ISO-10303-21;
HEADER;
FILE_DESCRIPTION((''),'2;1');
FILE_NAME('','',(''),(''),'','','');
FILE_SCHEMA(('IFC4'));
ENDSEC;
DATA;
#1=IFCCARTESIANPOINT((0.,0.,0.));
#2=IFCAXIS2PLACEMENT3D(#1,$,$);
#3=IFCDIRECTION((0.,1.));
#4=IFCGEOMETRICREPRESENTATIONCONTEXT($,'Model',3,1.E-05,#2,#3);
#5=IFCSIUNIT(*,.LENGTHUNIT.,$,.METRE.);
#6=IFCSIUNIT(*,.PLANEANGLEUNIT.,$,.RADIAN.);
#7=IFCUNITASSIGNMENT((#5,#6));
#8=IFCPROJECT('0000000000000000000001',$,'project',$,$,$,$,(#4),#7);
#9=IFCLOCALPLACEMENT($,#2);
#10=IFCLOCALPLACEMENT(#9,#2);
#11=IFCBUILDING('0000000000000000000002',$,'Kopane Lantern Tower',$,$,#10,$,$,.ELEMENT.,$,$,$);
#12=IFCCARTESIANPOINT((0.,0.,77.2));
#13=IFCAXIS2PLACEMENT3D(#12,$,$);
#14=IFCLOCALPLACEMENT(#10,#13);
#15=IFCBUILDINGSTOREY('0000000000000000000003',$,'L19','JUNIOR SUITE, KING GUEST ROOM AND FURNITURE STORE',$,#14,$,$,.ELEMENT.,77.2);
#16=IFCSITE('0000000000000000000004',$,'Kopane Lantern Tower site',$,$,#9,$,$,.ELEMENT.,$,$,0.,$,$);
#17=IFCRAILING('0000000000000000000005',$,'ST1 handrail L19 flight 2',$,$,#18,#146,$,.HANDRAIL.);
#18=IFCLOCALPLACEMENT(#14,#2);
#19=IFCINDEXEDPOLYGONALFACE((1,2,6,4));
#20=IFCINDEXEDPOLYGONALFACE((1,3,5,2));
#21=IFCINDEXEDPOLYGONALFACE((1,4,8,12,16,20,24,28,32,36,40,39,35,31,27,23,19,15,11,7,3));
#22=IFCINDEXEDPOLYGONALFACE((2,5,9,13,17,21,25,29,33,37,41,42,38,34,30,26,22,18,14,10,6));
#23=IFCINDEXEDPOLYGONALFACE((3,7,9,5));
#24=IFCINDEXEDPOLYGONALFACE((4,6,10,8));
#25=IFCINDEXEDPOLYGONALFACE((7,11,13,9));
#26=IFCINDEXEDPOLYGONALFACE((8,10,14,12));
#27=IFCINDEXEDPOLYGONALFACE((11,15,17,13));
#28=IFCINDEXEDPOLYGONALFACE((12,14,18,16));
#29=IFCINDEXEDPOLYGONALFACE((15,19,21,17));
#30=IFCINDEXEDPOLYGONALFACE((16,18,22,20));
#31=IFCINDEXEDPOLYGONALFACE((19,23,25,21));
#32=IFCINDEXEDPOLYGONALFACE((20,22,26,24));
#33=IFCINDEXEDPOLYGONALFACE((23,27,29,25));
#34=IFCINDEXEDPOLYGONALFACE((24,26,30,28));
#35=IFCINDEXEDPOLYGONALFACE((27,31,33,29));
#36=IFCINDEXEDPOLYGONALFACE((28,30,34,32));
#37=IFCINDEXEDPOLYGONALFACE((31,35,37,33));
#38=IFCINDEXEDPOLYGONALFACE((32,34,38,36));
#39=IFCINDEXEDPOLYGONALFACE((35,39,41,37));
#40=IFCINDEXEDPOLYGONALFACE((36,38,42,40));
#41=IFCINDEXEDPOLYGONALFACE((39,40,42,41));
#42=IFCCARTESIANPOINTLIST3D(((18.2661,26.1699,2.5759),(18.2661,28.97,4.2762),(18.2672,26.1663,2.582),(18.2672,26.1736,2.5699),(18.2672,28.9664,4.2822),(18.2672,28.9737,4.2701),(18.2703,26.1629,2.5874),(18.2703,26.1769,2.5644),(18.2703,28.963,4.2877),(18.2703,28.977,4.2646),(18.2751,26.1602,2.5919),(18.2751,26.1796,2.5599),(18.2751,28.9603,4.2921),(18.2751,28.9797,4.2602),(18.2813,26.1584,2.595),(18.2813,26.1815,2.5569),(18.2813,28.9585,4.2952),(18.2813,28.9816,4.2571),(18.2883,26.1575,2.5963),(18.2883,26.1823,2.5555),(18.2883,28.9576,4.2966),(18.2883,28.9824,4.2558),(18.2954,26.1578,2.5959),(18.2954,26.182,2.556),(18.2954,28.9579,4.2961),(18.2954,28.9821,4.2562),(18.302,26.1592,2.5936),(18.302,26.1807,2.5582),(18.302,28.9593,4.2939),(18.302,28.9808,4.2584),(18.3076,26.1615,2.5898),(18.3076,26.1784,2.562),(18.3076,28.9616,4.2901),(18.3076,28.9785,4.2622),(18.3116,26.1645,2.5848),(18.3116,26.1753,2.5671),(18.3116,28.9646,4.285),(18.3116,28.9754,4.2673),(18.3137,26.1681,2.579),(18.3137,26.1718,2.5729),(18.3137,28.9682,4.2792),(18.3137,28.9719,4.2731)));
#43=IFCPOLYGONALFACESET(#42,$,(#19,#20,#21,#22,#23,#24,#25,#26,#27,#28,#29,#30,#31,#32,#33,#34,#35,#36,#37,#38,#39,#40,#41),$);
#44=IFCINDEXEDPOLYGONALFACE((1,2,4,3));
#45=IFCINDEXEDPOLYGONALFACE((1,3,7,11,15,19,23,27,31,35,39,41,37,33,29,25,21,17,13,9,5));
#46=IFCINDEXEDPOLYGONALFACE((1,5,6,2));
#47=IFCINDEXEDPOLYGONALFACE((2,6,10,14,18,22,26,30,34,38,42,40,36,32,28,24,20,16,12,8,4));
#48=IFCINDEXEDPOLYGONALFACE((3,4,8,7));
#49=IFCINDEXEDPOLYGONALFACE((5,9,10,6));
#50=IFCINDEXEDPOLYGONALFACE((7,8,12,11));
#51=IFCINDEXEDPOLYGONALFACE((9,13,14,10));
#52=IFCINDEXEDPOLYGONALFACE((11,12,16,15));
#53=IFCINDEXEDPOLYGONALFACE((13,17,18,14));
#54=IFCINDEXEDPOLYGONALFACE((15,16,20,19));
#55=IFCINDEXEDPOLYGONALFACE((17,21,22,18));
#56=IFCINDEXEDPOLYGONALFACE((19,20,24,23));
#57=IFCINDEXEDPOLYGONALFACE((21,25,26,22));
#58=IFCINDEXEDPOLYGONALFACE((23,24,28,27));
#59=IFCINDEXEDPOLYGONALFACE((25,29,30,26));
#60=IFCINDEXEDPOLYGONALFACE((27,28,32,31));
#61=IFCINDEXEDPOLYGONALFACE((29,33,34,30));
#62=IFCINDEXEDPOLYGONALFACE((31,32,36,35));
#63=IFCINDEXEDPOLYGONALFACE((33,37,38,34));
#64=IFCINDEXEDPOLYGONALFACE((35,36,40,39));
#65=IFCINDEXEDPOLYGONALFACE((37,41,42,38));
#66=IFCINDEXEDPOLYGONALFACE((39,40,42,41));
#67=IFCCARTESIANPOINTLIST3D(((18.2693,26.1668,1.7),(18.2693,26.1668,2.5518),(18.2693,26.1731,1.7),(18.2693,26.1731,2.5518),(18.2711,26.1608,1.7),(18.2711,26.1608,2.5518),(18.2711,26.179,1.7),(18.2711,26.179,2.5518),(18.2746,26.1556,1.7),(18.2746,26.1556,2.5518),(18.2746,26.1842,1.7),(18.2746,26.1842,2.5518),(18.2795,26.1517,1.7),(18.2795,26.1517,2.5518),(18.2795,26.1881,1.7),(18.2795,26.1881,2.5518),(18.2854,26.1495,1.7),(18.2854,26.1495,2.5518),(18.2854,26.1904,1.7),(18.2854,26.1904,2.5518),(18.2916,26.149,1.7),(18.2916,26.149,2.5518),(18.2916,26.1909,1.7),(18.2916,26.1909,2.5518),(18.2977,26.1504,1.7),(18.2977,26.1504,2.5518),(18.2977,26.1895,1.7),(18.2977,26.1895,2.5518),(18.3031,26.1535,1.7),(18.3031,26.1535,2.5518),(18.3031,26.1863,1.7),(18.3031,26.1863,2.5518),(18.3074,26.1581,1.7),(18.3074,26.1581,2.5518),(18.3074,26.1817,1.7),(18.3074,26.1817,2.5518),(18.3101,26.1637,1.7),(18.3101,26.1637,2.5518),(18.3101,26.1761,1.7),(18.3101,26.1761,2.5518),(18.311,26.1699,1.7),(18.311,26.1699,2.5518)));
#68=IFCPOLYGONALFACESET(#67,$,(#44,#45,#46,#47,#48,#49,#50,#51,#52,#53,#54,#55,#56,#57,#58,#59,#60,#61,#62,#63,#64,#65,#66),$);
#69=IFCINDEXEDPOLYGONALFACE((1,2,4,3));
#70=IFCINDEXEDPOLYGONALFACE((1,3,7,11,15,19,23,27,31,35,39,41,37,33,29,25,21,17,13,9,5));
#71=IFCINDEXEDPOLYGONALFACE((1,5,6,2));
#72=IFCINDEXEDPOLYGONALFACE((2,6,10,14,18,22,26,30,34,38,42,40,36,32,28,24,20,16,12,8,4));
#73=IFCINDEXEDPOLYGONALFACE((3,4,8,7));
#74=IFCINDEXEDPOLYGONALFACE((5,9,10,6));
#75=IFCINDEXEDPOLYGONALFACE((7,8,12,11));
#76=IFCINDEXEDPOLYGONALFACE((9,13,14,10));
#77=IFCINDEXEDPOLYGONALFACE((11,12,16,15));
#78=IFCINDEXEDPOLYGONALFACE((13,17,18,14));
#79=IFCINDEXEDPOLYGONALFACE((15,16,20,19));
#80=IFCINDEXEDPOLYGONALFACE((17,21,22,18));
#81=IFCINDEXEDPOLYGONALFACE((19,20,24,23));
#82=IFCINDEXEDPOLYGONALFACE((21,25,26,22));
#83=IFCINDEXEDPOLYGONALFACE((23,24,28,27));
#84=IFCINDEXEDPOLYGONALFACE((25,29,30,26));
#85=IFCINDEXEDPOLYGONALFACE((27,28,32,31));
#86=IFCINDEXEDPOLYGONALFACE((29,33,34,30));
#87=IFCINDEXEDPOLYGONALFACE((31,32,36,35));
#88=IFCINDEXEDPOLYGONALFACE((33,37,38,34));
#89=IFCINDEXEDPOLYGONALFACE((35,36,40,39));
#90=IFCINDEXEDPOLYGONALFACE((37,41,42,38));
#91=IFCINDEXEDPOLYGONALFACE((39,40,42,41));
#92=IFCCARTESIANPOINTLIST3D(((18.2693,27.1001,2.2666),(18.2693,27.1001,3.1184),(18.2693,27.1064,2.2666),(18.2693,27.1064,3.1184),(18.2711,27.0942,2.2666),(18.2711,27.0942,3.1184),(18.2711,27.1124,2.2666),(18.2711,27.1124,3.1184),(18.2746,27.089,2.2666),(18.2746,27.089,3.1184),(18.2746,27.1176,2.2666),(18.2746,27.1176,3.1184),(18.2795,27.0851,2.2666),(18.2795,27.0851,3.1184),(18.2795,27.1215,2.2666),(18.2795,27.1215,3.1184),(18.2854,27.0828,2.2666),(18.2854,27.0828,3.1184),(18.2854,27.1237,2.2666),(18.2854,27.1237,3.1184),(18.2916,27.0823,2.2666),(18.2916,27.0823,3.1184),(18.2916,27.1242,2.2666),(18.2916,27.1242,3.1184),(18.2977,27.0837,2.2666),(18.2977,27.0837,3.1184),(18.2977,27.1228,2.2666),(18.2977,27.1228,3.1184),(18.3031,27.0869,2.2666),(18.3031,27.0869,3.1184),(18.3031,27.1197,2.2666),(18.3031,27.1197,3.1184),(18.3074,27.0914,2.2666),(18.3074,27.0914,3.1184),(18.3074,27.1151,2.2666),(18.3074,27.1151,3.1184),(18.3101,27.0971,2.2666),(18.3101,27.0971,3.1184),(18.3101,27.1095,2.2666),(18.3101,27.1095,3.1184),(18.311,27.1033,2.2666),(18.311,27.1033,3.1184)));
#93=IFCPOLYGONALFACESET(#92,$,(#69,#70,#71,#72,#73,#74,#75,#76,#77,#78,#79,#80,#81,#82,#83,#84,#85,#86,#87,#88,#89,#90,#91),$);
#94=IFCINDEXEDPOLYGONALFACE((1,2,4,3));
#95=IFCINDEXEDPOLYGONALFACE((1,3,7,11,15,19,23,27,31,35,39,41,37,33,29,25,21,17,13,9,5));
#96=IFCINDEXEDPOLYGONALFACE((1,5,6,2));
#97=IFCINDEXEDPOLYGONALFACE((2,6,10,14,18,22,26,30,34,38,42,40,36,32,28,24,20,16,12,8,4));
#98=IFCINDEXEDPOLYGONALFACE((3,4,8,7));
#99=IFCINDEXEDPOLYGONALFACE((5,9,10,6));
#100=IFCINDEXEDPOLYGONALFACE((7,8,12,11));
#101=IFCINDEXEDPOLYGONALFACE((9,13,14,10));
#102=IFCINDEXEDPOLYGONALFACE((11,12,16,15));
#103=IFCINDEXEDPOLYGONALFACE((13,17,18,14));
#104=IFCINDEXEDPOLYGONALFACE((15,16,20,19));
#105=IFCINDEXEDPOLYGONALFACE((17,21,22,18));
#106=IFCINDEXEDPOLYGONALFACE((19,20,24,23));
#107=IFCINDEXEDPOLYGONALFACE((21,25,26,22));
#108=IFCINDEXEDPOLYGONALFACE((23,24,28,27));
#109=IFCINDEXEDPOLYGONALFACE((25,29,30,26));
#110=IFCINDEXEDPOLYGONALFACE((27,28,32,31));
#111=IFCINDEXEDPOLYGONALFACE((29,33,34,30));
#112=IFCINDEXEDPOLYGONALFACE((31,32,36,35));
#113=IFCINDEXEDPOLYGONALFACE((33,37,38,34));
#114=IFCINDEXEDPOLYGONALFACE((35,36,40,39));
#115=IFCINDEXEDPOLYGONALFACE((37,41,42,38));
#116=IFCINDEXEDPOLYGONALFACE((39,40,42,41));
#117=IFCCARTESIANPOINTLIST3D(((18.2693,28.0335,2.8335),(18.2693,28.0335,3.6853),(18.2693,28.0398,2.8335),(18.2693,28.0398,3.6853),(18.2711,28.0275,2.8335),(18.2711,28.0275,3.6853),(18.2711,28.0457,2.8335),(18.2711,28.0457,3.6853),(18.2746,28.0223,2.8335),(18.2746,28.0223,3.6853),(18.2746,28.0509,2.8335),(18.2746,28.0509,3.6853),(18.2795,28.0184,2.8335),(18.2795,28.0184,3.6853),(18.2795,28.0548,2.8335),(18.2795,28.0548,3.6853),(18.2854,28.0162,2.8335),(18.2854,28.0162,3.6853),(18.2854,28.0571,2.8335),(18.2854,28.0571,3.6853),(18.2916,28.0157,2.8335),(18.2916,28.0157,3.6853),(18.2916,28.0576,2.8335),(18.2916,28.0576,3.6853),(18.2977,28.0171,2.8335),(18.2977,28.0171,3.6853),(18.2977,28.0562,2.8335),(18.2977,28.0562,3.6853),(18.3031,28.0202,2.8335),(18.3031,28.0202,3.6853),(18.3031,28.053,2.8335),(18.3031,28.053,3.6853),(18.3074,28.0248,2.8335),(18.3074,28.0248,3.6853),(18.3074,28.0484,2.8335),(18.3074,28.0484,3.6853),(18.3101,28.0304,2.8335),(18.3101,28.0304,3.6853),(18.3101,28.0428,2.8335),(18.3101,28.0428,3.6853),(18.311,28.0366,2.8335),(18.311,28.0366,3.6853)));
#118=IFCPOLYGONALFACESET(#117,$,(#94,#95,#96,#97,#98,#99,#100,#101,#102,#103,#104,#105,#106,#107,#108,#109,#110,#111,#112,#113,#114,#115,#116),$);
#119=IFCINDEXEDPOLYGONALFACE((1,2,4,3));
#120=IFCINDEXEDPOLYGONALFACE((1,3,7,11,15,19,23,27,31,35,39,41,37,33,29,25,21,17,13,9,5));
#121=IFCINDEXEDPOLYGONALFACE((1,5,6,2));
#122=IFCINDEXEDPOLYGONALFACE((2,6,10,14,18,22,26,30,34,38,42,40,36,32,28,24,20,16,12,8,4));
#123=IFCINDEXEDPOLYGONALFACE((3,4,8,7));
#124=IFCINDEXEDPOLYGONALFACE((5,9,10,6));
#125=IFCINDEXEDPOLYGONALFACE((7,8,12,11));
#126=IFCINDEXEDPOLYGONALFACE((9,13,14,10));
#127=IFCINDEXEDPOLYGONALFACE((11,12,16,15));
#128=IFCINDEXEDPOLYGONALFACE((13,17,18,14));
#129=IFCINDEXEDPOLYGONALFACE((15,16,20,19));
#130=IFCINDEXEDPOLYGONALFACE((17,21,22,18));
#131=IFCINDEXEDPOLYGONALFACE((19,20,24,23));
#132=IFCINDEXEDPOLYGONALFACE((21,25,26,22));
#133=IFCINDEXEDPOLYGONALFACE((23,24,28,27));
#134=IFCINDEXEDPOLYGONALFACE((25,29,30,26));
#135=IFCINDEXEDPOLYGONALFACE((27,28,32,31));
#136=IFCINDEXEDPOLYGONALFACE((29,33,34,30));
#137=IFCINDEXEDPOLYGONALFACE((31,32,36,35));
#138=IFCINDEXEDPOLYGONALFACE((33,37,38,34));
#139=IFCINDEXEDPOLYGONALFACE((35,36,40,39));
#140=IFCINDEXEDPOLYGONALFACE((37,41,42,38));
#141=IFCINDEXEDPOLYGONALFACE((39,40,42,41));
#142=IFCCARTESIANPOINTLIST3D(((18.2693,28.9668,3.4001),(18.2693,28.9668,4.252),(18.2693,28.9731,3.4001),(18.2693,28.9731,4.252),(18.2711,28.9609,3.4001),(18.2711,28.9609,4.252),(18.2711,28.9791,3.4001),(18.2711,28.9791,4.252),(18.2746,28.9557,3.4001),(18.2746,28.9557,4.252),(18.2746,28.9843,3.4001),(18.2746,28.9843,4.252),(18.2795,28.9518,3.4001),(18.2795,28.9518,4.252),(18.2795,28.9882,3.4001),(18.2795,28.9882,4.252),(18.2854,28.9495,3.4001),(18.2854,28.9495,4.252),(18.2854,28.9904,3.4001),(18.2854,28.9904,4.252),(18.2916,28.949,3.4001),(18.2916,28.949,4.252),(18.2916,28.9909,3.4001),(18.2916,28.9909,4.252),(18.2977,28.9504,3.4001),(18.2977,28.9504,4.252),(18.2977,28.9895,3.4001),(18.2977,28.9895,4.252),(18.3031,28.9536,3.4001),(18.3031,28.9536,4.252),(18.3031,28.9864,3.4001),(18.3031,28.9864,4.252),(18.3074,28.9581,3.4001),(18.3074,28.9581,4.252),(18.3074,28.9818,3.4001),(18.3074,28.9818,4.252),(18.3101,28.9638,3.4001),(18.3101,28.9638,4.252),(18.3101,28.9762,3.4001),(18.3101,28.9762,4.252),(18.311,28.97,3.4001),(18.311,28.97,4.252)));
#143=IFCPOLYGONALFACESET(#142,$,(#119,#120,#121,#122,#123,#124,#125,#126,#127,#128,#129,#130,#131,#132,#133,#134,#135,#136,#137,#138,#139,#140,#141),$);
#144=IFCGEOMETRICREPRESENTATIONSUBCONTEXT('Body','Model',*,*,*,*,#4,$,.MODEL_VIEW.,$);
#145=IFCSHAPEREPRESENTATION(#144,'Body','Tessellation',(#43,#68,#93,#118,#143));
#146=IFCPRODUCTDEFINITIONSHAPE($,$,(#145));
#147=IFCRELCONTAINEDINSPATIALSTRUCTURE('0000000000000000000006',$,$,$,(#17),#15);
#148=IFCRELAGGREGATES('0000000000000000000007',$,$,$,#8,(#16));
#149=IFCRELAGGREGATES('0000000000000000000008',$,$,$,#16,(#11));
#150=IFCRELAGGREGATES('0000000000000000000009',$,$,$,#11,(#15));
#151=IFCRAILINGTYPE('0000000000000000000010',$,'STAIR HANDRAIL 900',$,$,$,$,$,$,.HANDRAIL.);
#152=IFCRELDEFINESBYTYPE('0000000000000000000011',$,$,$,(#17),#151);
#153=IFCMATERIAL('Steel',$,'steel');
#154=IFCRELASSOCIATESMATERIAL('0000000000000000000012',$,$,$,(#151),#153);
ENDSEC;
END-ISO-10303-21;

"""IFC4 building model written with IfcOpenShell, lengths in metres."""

from ifc_helpers import new_model, si_unit, direction, frame, origin, origin_2d, place, context, subcontext, project, spatial, circle, extrude, material, type_object, element, save


model = new_model("IFC4")

# Units and contexts
model_context = context("Model", 3, precision=1e-05, world=origin(), true_north=direction((0.0, 1.0)))
body_context = subcontext(model_context, "Body", "Model", "MODEL_VIEW")
ifc_project = project(units=[si_unit("LENGTHUNIT", "METRE"), si_unit("PLANEANGLEUNIT", "RADIAN")], contexts=[model_context])

# Site, building, storey
site_placement = place(None, origin())
site = spatial("IfcSite", under=ifc_project, at=site_placement, Name="Kopane Lantern Tower site", CompositionType="ELEMENT", RefElevation=0.0)
building_placement = place(site_placement, origin())
building = spatial("IfcBuilding", under=site, at=building_placement, Name="Kopane Lantern Tower", CompositionType="ELEMENT")
storey_placement = place(building_placement, frame((0.0, 0.0, 77.2)))
storey = spatial("IfcBuildingStorey", under=building, at=storey_placement, Name="L19", Description="JUNIOR SUITE, KING GUEST ROOM AND FURNITURE STORE", CompositionType="ELEMENT", Elevation=77.2)

# Railing
ifc_material_1 = material(Name="Steel", Category="steel")
railing_type_1 = type_object("IfcRailingType", Name="STAIR HANDRAIL 900", PredefinedType="HANDRAIL", material=ifc_material_1)
for number, where, name in (
    (1, (18.29, 26.1699, 1.7), "ST1 handrail L19 flight 2"),
):
    element("IfcRailing", number, at=place(storey_placement, frame(where)), inside=storey, type_object=railing_type_1, Name=name, PredefinedType="HANDRAIL", context=body_context, shape_type="SweptSolid", body=[
        extrude(circle(Radius=0.0239, at=origin_2d()), frame((0.0, 0.0, 0.876), z_axis=(0.0, 0.854765, 0.519015), x_axis=(-1.0, 0.0, 0.0)), (0.0, 0.0, 1.0), 3.2759),
        extrude(circle(Radius=0.021, at=origin_2d()), origin(), (0.0, 0.0, 1.0), 0.8518),
        extrude(circle(Radius=0.021, at=origin_2d()), frame((0.0, 0.9333, 0.5667)), (0.0, 0.0, 1.0), 0.8518),
        extrude(circle(Radius=0.021, at=origin_2d()), frame((0.0, 1.8667, 1.1335)), (0.0, 0.0, 1.0), 0.8518),
        extrude(circle(Radius=0.021, at=origin_2d()), frame((0.0, 2.8, 1.7002)), (0.0, 0.0, 1.0), 0.8518),
    ])

save(model, "model.ifc")
